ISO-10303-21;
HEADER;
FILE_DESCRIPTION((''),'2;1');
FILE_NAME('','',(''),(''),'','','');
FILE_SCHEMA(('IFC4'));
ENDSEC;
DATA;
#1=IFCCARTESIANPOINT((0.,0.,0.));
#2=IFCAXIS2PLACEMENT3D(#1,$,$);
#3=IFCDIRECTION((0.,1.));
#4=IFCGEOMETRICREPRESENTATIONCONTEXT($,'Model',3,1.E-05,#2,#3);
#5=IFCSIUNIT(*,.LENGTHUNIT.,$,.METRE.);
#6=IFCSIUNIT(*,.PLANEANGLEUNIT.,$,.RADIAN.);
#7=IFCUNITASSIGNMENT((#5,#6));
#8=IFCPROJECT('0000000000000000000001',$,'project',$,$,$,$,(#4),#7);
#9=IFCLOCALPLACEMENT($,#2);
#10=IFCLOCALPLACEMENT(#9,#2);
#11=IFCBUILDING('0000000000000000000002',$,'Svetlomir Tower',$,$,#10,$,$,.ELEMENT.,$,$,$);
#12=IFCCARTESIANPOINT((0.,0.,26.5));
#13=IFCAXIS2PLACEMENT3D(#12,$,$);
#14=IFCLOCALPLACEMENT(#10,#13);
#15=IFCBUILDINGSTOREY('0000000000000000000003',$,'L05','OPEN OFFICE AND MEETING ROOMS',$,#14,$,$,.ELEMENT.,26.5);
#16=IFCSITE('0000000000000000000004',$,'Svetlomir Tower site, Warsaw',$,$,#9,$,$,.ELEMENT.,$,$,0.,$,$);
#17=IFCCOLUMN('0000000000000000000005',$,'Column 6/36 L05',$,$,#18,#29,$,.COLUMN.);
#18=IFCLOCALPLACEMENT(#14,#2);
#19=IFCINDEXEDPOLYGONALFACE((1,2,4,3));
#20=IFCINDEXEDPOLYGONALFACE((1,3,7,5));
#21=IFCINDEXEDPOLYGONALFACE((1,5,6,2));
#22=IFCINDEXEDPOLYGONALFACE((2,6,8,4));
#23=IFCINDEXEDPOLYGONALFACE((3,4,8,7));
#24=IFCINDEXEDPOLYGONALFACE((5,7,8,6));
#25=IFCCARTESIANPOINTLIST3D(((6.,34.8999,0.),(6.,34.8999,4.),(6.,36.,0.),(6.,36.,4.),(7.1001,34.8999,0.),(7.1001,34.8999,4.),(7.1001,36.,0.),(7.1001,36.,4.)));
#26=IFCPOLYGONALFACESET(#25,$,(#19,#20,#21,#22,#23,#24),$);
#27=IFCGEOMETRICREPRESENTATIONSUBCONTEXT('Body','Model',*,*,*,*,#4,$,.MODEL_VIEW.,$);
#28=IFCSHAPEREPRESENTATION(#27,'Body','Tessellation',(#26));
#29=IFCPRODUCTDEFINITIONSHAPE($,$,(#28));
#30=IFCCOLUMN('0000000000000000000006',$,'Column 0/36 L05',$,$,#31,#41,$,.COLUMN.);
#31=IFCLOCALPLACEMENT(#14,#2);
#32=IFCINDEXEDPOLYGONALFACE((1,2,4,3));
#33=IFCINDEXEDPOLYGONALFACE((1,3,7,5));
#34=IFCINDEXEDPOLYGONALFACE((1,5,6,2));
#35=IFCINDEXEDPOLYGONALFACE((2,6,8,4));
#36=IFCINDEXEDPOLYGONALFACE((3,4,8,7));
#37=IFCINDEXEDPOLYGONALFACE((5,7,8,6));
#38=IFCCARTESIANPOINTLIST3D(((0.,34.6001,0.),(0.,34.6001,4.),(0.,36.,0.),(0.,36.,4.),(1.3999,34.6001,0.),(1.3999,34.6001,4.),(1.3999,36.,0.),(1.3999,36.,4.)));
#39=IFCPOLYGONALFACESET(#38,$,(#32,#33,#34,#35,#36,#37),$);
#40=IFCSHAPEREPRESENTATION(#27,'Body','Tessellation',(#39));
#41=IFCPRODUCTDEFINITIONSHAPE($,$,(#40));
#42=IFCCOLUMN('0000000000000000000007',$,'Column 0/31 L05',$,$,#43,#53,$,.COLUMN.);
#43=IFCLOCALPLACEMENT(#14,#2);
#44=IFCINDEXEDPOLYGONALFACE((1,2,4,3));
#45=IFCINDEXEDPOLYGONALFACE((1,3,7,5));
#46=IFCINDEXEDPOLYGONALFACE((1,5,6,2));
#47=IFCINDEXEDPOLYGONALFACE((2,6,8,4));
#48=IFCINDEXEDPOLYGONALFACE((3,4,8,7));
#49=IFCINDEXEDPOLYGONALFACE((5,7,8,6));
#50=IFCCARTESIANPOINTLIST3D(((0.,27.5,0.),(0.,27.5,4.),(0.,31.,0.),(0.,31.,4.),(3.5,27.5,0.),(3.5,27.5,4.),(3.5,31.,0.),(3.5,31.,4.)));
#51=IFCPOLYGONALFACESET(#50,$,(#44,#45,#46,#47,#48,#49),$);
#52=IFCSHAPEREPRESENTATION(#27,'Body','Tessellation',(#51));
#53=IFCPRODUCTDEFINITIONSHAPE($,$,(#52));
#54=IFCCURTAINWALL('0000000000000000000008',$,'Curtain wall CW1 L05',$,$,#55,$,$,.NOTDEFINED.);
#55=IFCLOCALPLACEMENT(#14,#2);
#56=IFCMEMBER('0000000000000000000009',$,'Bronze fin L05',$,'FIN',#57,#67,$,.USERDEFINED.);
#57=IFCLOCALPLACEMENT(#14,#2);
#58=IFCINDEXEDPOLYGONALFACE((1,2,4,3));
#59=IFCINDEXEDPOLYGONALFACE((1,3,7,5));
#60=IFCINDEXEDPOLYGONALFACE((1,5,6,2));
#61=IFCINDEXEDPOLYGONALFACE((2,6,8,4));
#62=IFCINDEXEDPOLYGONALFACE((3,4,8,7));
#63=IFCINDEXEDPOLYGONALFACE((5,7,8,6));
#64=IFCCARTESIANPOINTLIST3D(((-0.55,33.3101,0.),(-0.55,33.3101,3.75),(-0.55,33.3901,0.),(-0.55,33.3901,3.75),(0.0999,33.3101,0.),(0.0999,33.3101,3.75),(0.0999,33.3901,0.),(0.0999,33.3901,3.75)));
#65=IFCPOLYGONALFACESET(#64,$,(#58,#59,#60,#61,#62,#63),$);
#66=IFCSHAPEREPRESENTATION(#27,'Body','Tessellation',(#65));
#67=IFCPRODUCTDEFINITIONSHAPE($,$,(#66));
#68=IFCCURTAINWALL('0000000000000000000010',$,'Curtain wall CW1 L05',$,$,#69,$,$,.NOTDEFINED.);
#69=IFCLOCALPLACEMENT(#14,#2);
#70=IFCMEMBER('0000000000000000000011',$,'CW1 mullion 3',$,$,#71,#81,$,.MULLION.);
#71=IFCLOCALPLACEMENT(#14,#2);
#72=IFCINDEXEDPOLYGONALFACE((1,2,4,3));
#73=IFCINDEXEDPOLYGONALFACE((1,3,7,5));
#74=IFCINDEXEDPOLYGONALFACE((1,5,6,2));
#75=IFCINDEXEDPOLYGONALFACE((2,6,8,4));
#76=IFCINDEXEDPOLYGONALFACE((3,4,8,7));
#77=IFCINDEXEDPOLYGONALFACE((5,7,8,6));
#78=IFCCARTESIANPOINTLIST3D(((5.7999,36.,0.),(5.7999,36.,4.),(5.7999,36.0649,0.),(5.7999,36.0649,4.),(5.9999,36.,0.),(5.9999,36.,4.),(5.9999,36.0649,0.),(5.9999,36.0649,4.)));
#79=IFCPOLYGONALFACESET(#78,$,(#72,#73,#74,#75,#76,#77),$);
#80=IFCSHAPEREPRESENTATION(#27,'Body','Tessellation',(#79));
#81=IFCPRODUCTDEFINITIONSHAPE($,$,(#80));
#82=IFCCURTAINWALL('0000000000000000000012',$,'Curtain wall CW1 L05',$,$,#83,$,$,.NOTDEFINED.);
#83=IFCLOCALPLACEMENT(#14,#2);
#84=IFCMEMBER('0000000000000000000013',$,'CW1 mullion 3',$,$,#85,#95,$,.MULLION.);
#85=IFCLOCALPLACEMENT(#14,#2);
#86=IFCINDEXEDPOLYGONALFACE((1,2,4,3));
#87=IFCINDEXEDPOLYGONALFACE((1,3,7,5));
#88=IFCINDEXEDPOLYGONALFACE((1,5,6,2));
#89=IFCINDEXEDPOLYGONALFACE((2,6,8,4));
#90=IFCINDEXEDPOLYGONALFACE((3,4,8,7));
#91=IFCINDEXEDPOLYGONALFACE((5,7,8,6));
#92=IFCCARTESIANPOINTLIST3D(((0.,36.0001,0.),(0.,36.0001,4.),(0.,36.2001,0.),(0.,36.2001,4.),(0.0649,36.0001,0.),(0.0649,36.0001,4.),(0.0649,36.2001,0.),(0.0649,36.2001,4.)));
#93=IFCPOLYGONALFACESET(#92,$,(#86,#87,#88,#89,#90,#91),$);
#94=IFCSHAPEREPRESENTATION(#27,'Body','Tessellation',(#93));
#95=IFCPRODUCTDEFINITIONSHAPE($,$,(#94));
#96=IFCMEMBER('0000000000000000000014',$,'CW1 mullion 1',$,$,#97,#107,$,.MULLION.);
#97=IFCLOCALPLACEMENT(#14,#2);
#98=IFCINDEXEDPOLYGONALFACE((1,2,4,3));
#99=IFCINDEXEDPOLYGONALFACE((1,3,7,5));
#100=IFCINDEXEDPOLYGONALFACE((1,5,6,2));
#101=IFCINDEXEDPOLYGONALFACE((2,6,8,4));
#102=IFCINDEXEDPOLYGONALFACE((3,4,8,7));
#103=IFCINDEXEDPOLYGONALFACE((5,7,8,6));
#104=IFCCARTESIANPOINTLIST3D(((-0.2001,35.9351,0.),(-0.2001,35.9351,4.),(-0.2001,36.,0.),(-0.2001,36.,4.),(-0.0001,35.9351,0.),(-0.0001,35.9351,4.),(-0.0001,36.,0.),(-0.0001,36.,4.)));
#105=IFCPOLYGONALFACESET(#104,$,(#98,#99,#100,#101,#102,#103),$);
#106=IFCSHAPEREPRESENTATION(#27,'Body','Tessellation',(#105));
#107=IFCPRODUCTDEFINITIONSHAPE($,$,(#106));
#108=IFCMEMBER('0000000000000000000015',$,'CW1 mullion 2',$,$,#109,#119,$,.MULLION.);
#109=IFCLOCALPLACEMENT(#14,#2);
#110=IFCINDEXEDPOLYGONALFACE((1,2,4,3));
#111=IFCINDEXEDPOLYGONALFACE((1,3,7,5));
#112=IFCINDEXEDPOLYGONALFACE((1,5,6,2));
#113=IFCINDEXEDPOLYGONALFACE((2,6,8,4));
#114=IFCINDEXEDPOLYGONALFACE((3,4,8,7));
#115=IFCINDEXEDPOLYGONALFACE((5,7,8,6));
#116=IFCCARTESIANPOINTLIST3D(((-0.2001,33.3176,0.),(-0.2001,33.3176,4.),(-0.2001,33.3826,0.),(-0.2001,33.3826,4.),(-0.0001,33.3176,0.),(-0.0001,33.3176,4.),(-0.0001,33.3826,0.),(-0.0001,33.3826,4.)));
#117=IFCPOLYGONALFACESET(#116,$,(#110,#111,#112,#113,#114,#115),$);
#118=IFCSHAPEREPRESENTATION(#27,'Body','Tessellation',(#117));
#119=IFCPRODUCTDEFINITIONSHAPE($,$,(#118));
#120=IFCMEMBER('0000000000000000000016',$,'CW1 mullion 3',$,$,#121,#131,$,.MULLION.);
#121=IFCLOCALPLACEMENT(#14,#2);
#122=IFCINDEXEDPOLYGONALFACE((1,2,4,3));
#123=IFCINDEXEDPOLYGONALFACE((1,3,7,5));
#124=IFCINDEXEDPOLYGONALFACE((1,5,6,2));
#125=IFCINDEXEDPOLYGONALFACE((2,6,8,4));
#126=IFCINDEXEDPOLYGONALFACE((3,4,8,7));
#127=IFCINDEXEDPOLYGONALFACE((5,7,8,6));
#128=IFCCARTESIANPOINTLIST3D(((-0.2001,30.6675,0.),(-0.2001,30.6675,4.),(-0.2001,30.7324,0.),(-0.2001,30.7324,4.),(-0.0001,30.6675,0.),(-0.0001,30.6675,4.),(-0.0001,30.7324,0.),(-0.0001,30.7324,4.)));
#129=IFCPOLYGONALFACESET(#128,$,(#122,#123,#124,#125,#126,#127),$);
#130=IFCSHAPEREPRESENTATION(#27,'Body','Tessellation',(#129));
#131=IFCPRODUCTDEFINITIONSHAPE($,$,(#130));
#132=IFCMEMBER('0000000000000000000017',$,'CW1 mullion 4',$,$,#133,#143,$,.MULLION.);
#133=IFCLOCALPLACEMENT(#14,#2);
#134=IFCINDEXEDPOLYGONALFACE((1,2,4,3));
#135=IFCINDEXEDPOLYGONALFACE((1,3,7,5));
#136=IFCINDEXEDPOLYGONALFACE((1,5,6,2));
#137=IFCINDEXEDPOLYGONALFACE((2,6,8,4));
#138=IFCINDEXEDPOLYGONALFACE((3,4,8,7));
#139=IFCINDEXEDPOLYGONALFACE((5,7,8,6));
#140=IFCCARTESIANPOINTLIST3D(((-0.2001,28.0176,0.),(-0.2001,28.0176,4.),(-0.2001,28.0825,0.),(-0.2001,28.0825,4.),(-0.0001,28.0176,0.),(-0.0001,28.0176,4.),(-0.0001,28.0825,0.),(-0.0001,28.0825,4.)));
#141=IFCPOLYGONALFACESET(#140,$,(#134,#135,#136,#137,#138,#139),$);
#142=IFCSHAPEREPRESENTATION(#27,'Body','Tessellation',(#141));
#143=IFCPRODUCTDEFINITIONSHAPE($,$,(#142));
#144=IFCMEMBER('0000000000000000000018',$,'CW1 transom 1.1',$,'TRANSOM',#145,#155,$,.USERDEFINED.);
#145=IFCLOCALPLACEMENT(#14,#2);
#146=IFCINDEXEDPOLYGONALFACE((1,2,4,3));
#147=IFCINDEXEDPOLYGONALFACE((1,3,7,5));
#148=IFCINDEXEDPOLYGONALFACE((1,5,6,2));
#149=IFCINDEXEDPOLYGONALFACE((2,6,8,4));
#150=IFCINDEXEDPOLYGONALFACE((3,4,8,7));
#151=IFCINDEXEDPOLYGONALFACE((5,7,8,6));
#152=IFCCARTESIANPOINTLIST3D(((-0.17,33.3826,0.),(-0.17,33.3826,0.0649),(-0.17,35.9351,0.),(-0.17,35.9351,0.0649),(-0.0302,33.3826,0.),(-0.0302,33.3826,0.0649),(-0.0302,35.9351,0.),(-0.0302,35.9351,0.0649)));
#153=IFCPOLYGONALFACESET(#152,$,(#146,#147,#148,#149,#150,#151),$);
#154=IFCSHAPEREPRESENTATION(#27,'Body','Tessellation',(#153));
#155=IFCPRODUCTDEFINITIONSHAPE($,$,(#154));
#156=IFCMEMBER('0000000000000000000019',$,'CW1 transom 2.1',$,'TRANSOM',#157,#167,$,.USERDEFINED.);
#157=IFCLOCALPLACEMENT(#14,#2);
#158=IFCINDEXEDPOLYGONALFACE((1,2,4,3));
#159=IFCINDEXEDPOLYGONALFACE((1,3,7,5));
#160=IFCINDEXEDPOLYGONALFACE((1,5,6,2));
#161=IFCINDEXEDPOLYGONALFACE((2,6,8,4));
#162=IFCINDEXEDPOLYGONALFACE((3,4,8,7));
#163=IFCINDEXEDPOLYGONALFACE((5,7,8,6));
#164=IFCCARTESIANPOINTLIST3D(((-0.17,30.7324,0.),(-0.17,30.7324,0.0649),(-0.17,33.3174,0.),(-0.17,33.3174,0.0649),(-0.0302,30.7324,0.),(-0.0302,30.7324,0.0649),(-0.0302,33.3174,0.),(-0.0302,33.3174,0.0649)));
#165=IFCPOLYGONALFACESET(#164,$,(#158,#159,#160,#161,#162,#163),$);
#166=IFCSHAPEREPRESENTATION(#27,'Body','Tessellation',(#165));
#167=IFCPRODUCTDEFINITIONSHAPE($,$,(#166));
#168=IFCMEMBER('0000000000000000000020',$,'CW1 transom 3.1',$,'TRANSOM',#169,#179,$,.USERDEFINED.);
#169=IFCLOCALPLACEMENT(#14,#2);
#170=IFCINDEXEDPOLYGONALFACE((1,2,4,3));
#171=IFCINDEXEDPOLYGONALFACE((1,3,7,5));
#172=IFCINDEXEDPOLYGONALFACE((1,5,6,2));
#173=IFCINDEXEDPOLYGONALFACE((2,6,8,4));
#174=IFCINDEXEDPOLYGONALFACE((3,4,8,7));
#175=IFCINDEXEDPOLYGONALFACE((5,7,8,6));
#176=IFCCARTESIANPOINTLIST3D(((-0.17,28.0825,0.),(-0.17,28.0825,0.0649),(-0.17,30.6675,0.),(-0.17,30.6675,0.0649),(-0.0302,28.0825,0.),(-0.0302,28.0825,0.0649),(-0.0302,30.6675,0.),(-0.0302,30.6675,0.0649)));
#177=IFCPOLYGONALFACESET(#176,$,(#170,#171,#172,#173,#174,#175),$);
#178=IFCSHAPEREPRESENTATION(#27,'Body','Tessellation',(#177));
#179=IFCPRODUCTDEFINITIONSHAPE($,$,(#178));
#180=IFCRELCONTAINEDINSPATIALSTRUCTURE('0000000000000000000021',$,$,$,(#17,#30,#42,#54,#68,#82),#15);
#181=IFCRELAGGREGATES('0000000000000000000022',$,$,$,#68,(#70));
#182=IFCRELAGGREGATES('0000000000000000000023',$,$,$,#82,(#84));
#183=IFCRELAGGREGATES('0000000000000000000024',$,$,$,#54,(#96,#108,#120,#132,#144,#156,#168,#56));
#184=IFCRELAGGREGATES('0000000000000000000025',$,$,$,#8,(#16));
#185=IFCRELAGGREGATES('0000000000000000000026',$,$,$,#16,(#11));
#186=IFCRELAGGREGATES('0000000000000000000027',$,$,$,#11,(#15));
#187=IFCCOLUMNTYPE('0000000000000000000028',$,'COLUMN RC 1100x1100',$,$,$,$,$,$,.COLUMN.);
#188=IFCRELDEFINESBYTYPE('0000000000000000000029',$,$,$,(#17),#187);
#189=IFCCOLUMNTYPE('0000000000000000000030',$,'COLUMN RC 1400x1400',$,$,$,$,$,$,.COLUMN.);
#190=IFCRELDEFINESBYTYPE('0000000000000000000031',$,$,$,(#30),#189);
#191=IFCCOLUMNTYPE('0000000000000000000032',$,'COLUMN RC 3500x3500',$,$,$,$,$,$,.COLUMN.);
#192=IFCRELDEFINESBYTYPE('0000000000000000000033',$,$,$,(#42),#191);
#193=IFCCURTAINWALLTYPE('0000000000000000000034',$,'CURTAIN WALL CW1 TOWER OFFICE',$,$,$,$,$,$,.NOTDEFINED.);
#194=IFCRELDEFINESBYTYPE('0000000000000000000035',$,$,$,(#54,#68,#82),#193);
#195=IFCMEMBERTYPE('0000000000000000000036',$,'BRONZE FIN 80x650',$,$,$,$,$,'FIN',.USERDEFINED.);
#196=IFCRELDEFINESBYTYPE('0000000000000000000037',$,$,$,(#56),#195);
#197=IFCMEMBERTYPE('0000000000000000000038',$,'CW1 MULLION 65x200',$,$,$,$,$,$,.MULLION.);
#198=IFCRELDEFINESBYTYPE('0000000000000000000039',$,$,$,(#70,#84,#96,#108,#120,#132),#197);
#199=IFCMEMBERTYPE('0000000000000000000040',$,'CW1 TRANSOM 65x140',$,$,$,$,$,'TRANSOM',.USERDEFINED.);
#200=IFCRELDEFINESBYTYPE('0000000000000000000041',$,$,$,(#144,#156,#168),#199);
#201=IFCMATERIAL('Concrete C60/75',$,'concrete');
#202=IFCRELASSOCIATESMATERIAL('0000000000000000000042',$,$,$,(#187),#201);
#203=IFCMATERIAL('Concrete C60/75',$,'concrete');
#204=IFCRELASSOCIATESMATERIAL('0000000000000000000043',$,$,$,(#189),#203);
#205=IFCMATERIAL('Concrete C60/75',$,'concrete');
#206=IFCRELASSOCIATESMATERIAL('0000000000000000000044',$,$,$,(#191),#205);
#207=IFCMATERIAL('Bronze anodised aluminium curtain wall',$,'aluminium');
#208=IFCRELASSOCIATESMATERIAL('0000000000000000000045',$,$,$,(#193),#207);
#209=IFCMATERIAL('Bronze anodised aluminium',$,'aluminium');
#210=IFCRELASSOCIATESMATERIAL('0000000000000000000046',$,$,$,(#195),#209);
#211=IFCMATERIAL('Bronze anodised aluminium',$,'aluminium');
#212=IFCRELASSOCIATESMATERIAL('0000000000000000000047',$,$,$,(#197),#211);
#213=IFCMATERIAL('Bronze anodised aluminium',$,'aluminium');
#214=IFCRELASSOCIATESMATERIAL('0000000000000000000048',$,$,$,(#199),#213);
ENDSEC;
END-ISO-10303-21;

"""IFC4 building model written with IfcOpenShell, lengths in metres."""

from ifc_helpers import new_model, si_unit, direction, frame, origin, origin_2d, place, context, subcontext, project, spatial, rectangle, extrude, material, material_profile, profile_set, type_object, element, aggregate, save


model = new_model("IFC4")

# Units and contexts
model_context = context("Model", 3, precision=1e-05, world=origin(), true_north=direction((0.0, 1.0)))
body_context = subcontext(model_context, "Body", "Model", "MODEL_VIEW")
ifc_project = project(units=[si_unit("LENGTHUNIT", "METRE"), si_unit("PLANEANGLEUNIT", "RADIAN")], contexts=[model_context])

# Site, building, storey
site_placement = place(None, origin())
site = spatial("IfcSite", under=ifc_project, at=site_placement, Name="Svetlomir Tower site, Warsaw", CompositionType="ELEMENT", RefElevation=0.0)
building_placement = place(site_placement, origin())
building = spatial("IfcBuilding", under=site, at=building_placement, Name="Svetlomir Tower", CompositionType="ELEMENT")
storey_placement = place(building_placement, frame((0.0, 0.0, 26.5)))
storey = spatial("IfcBuildingStorey", under=building, at=storey_placement, Name="L05", Description="OPEN OFFICE AND MEETING ROOMS", CompositionType="ELEMENT", Elevation=26.5)

# Columns
ifc_material_1 = material(Name="Concrete C60/75", Category="concrete")
ifc_material_profile_1 = material_profile(ifc_material_1, rectangle(XDim=1.1001, YDim=1.1001, at=origin_2d()), Name="RC 1100x1100")
ifc_profile_set_1 = profile_set([ifc_material_profile_1], Name="Concrete C60/75")
column_type_1 = type_object("IfcColumnType", Name="COLUMN RC 1100x1100", PredefinedType="COLUMN", material=ifc_profile_set_1)
column_1_placement = place(storey_placement, frame((6.55, 35.45, 0.0), z_axis=(0.0, 0.0, 1.0), x_axis=(1.0, 0.0, 0.0)))
element("IfcColumn", 1, at=column_1_placement, inside=storey, type_object=column_type_1, Name="Column 6/36 L05", PredefinedType="COLUMN", context=body_context, shape_type="SweptSolid", body=[
    extrude(rectangle(XDim=1.1001, YDim=1.1001, at=origin_2d()), origin(), (0.0, 0.0, 1.0), 4.0),
])
ifc_material_2 = material(Name="Concrete C60/75", Category="concrete")
ifc_material_profile_2 = material_profile(ifc_material_2, rectangle(XDim=1.3999, YDim=1.3999, at=origin_2d()), Name="RC 1400x1400")
ifc_profile_set_2 = profile_set([ifc_material_profile_2], Name="Concrete C60/75")
column_type_2 = type_object("IfcColumnType", Name="COLUMN RC 1400x1400", PredefinedType="COLUMN", material=ifc_profile_set_2)
column_2_placement = place(storey_placement, frame((0.7, 35.3, 0.0), z_axis=(0.0, 0.0, 1.0), x_axis=(1.0, 0.0, 0.0)))
element("IfcColumn", 2, at=column_2_placement, inside=storey, type_object=column_type_2, Name="Column 0/36 L05", PredefinedType="COLUMN", context=body_context, shape_type="SweptSolid", body=[
    extrude(rectangle(XDim=1.3999, YDim=1.3999, at=origin_2d()), origin(), (0.0, 0.0, 1.0), 4.0),
])
ifc_material_3 = material(Name="Concrete C60/75", Category="concrete")
ifc_material_profile_3 = material_profile(ifc_material_3, rectangle(XDim=3.5, YDim=3.5, at=origin_2d()), Name="RC 3500x3500")
ifc_profile_set_3 = profile_set([ifc_material_profile_3], Name="Concrete C60/75")
column_type_3 = type_object("IfcColumnType", Name="COLUMN RC 3500x3500", PredefinedType="COLUMN", material=ifc_profile_set_3)
column_3_placement = place(storey_placement, frame((1.75, 29.25, 0.0), z_axis=(0.0, 0.0, 1.0), x_axis=(1.0, 0.0, 0.0)))
element("IfcColumn", 3, at=column_3_placement, inside=storey, type_object=column_type_3, Name="Column 0/31 L05", PredefinedType="COLUMN", context=body_context, shape_type="SweptSolid", body=[
    extrude(rectangle(XDim=3.5, YDim=3.5, at=origin_2d()), origin(), (0.0, 0.0, 1.0), 4.0),
])

# Curtain walls, members
ifc_material_4 = material(Name="Bronze anodised aluminium curtain wall", Category="aluminium")
curtain_wall_type = type_object("IfcCurtainWallType", Name="CURTAIN WALL CW1 TOWER OFFICE", PredefinedType="NOTDEFINED", material=ifc_material_4)
curtain_wall_1_placement = place(storey_placement, origin())
curtain_wall_1 = element("IfcCurtainWall", 4, at=curtain_wall_1_placement, inside=storey, type_object=curtain_wall_type, Name="Curtain wall CW1 L05", PredefinedType="NOTDEFINED")
ifc_material_5 = material(Name="Bronze anodised aluminium", Category="aluminium")
ifc_material_profile_4 = material_profile(ifc_material_5, rectangle(XDim=0.0801, YDim=0.6499, at=origin_2d()), Name="FIN 80x650")
ifc_profile_set_4 = profile_set([ifc_material_profile_4], Name="Bronze anodised aluminium 6063-T6")
member_type_1 = type_object("IfcMemberType", Name="BRONZE FIN 80x650", ElementType="FIN", PredefinedType="USERDEFINED", material=ifc_profile_set_4)
member_1_placement = place(storey_placement, frame((-0.2251, 33.3501, 0.0), z_axis=(0.0, 0.0, 1.0), x_axis=(0.0, 1.0, 0.0)))
member_1 = element("IfcMember", 5, at=member_1_placement, type_object=member_type_1, Name="Bronze fin L05", ObjectType="FIN", PredefinedType="USERDEFINED", context=body_context, shape_type="SweptSolid", body=[
    extrude(rectangle(XDim=0.0801, YDim=0.6499, at=origin_2d()), origin(), (0.0, 0.0, 1.0), 3.75),
])
curtain_wall_2_placement = place(storey_placement, origin())
curtain_wall_2 = element("IfcCurtainWall", 6, at=curtain_wall_2_placement, inside=storey, type_object=curtain_wall_type, Name="Curtain wall CW1 L05", PredefinedType="NOTDEFINED")
ifc_material_6 = material(Name="Bronze anodised aluminium", Category="aluminium")
ifc_material_profile_5 = material_profile(ifc_material_6, rectangle(XDim=0.0649, YDim=0.2, at=origin_2d()), Name="AL 65x200")
ifc_profile_set_5 = profile_set([ifc_material_profile_5], Name="Bronze anodised aluminium 6063-T6")
member_type_2 = type_object("IfcMemberType", Name="CW1 MULLION 65x200", PredefinedType="MULLION", material=ifc_profile_set_5)
member_2_placement = place(storey_placement, frame((5.8999, 36.0325, 0.0), z_axis=(0.0, 0.0, 1.0), x_axis=(0.0, -1.0, 0.0)))
member_2 = element("IfcMember", 7, at=member_2_placement, type_object=member_type_2, Name="CW1 mullion 3", PredefinedType="MULLION", context=body_context, shape_type="SweptSolid", body=[
    extrude(rectangle(XDim=0.0649, YDim=0.2, at=origin_2d()), origin(), (0.0, 0.0, 1.0), 4.0),
])
aggregate(curtain_wall_2, [member_2])
curtain_wall_3_placement = place(storey_placement, origin())
curtain_wall_3 = element("IfcCurtainWall", 8, at=curtain_wall_3_placement, inside=storey, type_object=curtain_wall_type, Name="Curtain wall CW1 L05", PredefinedType="NOTDEFINED")
member_3_placement = place(storey_placement, frame((0.0325, 36.1001, 0.0), z_axis=(0.0, 0.0, 1.0), x_axis=(-1.0, 0.0, 0.0)))
member_3 = element("IfcMember", 9, at=member_3_placement, type_object=member_type_2, Name="CW1 mullion 3", PredefinedType="MULLION", context=body_context, shape_type="SweptSolid", body=[
    extrude(rectangle(XDim=0.0649, YDim=0.2, at=origin_2d()), origin(), (0.0, 0.0, 1.0), 4.0),
])

# Members
member_4_placement = place(storey_placement, frame((-0.1001, 35.9675, 0.0), z_axis=(0.0, 0.0, 1.0), x_axis=(0.0, -1.0, 0.0)))
member_4 = element("IfcMember", 10, at=member_4_placement, type_object=member_type_2, Name="CW1 mullion 1", PredefinedType="MULLION", context=body_context, shape_type="SweptSolid", body=[
    extrude(rectangle(XDim=0.0649, YDim=0.2, at=origin_2d()), origin(), (0.0, 0.0, 1.0), 4.0),
])
member_5_placement = place(storey_placement, frame((-0.1001, 33.3501, 0.0), z_axis=(0.0, 0.0, 1.0), x_axis=(0.0, -1.0, 0.0)))
member_5 = element("IfcMember", 11, at=member_5_placement, type_object=member_type_2, Name="CW1 mullion 2", PredefinedType="MULLION", context=body_context, shape_type="SweptSolid", body=[
    extrude(rectangle(XDim=0.0649, YDim=0.2, at=origin_2d()), origin(), (0.0, 0.0, 1.0), 4.0),
])
member_6_placement = place(storey_placement, frame((-0.1001, 30.7, 0.0), z_axis=(0.0, 0.0, 1.0), x_axis=(0.0, -1.0, 0.0)))
member_6 = element("IfcMember", 12, at=member_6_placement, type_object=member_type_2, Name="CW1 mullion 3", PredefinedType="MULLION", context=body_context, shape_type="SweptSolid", body=[
    extrude(rectangle(XDim=0.0649, YDim=0.2, at=origin_2d()), origin(), (0.0, 0.0, 1.0), 4.0),
])
member_7_placement = place(storey_placement, frame((-0.1001, 28.05, 0.0), z_axis=(0.0, 0.0, 1.0), x_axis=(0.0, -1.0, 0.0)))
member_7 = element("IfcMember", 13, at=member_7_placement, type_object=member_type_2, Name="CW1 mullion 4", PredefinedType="MULLION", context=body_context, shape_type="SweptSolid", body=[
    extrude(rectangle(XDim=0.0649, YDim=0.2, at=origin_2d()), origin(), (0.0, 0.0, 1.0), 4.0),
])
ifc_material_7 = material(Name="Bronze anodised aluminium", Category="aluminium")
ifc_material_profile_6 = material_profile(ifc_material_7, rectangle(XDim=0.1399, YDim=0.0649, at=origin_2d()), Name="AL 140x65")
ifc_profile_set_6 = profile_set([ifc_material_profile_6], Name="Bronze anodised aluminium 6063-T6")
member_type_3 = type_object("IfcMemberType", Name="CW1 TRANSOM 65x140", ElementType="TRANSOM", PredefinedType="USERDEFINED", material=ifc_profile_set_6)
member_8_placement = place(storey_placement, frame((-0.1001, 35.9351, 0.0325), z_axis=(0.0, -1.0, 0.0), x_axis=(1.0, 0.0, 0.0)))
member_8 = element("IfcMember", 14, at=member_8_placement, type_object=member_type_3, Name="CW1 transom 1.1", ObjectType="TRANSOM", PredefinedType="USERDEFINED", context=body_context, shape_type="SweptSolid", body=[
    extrude(rectangle(XDim=0.1399, YDim=0.0649, at=origin_2d()), origin(), (0.0, 0.0, 1.0), 2.5525),
])
member_9_placement = place(storey_placement, frame((-0.1001, 33.3174, 0.0325), z_axis=(0.0, -1.0, 0.0), x_axis=(1.0, 0.0, 0.0)))
member_9 = element("IfcMember", 15, at=member_9_placement, type_object=member_type_3, Name="CW1 transom 2.1", ObjectType="TRANSOM", PredefinedType="USERDEFINED", context=body_context, shape_type="SweptSolid", body=[
    extrude(rectangle(XDim=0.1399, YDim=0.0649, at=origin_2d()), origin(), (0.0, 0.0, 1.0), 2.585),
])
member_10_placement = place(storey_placement, frame((-0.1001, 30.6675, 0.0325), z_axis=(0.0, -1.0, 0.0), x_axis=(1.0, 0.0, 0.0)))
member_10 = element("IfcMember", 16, at=member_10_placement, type_object=member_type_3, Name="CW1 transom 3.1", ObjectType="TRANSOM", PredefinedType="USERDEFINED", context=body_context, shape_type="SweptSolid", body=[
    extrude(rectangle(XDim=0.1399, YDim=0.0649, at=origin_2d()), origin(), (0.0, 0.0, 1.0), 2.585),
])

aggregate(curtain_wall_3, [member_3])
aggregate(curtain_wall_1, [member_4, member_5, member_6, member_7, member_8, member_9, member_10, member_1])

save(model, "model.ifc")
